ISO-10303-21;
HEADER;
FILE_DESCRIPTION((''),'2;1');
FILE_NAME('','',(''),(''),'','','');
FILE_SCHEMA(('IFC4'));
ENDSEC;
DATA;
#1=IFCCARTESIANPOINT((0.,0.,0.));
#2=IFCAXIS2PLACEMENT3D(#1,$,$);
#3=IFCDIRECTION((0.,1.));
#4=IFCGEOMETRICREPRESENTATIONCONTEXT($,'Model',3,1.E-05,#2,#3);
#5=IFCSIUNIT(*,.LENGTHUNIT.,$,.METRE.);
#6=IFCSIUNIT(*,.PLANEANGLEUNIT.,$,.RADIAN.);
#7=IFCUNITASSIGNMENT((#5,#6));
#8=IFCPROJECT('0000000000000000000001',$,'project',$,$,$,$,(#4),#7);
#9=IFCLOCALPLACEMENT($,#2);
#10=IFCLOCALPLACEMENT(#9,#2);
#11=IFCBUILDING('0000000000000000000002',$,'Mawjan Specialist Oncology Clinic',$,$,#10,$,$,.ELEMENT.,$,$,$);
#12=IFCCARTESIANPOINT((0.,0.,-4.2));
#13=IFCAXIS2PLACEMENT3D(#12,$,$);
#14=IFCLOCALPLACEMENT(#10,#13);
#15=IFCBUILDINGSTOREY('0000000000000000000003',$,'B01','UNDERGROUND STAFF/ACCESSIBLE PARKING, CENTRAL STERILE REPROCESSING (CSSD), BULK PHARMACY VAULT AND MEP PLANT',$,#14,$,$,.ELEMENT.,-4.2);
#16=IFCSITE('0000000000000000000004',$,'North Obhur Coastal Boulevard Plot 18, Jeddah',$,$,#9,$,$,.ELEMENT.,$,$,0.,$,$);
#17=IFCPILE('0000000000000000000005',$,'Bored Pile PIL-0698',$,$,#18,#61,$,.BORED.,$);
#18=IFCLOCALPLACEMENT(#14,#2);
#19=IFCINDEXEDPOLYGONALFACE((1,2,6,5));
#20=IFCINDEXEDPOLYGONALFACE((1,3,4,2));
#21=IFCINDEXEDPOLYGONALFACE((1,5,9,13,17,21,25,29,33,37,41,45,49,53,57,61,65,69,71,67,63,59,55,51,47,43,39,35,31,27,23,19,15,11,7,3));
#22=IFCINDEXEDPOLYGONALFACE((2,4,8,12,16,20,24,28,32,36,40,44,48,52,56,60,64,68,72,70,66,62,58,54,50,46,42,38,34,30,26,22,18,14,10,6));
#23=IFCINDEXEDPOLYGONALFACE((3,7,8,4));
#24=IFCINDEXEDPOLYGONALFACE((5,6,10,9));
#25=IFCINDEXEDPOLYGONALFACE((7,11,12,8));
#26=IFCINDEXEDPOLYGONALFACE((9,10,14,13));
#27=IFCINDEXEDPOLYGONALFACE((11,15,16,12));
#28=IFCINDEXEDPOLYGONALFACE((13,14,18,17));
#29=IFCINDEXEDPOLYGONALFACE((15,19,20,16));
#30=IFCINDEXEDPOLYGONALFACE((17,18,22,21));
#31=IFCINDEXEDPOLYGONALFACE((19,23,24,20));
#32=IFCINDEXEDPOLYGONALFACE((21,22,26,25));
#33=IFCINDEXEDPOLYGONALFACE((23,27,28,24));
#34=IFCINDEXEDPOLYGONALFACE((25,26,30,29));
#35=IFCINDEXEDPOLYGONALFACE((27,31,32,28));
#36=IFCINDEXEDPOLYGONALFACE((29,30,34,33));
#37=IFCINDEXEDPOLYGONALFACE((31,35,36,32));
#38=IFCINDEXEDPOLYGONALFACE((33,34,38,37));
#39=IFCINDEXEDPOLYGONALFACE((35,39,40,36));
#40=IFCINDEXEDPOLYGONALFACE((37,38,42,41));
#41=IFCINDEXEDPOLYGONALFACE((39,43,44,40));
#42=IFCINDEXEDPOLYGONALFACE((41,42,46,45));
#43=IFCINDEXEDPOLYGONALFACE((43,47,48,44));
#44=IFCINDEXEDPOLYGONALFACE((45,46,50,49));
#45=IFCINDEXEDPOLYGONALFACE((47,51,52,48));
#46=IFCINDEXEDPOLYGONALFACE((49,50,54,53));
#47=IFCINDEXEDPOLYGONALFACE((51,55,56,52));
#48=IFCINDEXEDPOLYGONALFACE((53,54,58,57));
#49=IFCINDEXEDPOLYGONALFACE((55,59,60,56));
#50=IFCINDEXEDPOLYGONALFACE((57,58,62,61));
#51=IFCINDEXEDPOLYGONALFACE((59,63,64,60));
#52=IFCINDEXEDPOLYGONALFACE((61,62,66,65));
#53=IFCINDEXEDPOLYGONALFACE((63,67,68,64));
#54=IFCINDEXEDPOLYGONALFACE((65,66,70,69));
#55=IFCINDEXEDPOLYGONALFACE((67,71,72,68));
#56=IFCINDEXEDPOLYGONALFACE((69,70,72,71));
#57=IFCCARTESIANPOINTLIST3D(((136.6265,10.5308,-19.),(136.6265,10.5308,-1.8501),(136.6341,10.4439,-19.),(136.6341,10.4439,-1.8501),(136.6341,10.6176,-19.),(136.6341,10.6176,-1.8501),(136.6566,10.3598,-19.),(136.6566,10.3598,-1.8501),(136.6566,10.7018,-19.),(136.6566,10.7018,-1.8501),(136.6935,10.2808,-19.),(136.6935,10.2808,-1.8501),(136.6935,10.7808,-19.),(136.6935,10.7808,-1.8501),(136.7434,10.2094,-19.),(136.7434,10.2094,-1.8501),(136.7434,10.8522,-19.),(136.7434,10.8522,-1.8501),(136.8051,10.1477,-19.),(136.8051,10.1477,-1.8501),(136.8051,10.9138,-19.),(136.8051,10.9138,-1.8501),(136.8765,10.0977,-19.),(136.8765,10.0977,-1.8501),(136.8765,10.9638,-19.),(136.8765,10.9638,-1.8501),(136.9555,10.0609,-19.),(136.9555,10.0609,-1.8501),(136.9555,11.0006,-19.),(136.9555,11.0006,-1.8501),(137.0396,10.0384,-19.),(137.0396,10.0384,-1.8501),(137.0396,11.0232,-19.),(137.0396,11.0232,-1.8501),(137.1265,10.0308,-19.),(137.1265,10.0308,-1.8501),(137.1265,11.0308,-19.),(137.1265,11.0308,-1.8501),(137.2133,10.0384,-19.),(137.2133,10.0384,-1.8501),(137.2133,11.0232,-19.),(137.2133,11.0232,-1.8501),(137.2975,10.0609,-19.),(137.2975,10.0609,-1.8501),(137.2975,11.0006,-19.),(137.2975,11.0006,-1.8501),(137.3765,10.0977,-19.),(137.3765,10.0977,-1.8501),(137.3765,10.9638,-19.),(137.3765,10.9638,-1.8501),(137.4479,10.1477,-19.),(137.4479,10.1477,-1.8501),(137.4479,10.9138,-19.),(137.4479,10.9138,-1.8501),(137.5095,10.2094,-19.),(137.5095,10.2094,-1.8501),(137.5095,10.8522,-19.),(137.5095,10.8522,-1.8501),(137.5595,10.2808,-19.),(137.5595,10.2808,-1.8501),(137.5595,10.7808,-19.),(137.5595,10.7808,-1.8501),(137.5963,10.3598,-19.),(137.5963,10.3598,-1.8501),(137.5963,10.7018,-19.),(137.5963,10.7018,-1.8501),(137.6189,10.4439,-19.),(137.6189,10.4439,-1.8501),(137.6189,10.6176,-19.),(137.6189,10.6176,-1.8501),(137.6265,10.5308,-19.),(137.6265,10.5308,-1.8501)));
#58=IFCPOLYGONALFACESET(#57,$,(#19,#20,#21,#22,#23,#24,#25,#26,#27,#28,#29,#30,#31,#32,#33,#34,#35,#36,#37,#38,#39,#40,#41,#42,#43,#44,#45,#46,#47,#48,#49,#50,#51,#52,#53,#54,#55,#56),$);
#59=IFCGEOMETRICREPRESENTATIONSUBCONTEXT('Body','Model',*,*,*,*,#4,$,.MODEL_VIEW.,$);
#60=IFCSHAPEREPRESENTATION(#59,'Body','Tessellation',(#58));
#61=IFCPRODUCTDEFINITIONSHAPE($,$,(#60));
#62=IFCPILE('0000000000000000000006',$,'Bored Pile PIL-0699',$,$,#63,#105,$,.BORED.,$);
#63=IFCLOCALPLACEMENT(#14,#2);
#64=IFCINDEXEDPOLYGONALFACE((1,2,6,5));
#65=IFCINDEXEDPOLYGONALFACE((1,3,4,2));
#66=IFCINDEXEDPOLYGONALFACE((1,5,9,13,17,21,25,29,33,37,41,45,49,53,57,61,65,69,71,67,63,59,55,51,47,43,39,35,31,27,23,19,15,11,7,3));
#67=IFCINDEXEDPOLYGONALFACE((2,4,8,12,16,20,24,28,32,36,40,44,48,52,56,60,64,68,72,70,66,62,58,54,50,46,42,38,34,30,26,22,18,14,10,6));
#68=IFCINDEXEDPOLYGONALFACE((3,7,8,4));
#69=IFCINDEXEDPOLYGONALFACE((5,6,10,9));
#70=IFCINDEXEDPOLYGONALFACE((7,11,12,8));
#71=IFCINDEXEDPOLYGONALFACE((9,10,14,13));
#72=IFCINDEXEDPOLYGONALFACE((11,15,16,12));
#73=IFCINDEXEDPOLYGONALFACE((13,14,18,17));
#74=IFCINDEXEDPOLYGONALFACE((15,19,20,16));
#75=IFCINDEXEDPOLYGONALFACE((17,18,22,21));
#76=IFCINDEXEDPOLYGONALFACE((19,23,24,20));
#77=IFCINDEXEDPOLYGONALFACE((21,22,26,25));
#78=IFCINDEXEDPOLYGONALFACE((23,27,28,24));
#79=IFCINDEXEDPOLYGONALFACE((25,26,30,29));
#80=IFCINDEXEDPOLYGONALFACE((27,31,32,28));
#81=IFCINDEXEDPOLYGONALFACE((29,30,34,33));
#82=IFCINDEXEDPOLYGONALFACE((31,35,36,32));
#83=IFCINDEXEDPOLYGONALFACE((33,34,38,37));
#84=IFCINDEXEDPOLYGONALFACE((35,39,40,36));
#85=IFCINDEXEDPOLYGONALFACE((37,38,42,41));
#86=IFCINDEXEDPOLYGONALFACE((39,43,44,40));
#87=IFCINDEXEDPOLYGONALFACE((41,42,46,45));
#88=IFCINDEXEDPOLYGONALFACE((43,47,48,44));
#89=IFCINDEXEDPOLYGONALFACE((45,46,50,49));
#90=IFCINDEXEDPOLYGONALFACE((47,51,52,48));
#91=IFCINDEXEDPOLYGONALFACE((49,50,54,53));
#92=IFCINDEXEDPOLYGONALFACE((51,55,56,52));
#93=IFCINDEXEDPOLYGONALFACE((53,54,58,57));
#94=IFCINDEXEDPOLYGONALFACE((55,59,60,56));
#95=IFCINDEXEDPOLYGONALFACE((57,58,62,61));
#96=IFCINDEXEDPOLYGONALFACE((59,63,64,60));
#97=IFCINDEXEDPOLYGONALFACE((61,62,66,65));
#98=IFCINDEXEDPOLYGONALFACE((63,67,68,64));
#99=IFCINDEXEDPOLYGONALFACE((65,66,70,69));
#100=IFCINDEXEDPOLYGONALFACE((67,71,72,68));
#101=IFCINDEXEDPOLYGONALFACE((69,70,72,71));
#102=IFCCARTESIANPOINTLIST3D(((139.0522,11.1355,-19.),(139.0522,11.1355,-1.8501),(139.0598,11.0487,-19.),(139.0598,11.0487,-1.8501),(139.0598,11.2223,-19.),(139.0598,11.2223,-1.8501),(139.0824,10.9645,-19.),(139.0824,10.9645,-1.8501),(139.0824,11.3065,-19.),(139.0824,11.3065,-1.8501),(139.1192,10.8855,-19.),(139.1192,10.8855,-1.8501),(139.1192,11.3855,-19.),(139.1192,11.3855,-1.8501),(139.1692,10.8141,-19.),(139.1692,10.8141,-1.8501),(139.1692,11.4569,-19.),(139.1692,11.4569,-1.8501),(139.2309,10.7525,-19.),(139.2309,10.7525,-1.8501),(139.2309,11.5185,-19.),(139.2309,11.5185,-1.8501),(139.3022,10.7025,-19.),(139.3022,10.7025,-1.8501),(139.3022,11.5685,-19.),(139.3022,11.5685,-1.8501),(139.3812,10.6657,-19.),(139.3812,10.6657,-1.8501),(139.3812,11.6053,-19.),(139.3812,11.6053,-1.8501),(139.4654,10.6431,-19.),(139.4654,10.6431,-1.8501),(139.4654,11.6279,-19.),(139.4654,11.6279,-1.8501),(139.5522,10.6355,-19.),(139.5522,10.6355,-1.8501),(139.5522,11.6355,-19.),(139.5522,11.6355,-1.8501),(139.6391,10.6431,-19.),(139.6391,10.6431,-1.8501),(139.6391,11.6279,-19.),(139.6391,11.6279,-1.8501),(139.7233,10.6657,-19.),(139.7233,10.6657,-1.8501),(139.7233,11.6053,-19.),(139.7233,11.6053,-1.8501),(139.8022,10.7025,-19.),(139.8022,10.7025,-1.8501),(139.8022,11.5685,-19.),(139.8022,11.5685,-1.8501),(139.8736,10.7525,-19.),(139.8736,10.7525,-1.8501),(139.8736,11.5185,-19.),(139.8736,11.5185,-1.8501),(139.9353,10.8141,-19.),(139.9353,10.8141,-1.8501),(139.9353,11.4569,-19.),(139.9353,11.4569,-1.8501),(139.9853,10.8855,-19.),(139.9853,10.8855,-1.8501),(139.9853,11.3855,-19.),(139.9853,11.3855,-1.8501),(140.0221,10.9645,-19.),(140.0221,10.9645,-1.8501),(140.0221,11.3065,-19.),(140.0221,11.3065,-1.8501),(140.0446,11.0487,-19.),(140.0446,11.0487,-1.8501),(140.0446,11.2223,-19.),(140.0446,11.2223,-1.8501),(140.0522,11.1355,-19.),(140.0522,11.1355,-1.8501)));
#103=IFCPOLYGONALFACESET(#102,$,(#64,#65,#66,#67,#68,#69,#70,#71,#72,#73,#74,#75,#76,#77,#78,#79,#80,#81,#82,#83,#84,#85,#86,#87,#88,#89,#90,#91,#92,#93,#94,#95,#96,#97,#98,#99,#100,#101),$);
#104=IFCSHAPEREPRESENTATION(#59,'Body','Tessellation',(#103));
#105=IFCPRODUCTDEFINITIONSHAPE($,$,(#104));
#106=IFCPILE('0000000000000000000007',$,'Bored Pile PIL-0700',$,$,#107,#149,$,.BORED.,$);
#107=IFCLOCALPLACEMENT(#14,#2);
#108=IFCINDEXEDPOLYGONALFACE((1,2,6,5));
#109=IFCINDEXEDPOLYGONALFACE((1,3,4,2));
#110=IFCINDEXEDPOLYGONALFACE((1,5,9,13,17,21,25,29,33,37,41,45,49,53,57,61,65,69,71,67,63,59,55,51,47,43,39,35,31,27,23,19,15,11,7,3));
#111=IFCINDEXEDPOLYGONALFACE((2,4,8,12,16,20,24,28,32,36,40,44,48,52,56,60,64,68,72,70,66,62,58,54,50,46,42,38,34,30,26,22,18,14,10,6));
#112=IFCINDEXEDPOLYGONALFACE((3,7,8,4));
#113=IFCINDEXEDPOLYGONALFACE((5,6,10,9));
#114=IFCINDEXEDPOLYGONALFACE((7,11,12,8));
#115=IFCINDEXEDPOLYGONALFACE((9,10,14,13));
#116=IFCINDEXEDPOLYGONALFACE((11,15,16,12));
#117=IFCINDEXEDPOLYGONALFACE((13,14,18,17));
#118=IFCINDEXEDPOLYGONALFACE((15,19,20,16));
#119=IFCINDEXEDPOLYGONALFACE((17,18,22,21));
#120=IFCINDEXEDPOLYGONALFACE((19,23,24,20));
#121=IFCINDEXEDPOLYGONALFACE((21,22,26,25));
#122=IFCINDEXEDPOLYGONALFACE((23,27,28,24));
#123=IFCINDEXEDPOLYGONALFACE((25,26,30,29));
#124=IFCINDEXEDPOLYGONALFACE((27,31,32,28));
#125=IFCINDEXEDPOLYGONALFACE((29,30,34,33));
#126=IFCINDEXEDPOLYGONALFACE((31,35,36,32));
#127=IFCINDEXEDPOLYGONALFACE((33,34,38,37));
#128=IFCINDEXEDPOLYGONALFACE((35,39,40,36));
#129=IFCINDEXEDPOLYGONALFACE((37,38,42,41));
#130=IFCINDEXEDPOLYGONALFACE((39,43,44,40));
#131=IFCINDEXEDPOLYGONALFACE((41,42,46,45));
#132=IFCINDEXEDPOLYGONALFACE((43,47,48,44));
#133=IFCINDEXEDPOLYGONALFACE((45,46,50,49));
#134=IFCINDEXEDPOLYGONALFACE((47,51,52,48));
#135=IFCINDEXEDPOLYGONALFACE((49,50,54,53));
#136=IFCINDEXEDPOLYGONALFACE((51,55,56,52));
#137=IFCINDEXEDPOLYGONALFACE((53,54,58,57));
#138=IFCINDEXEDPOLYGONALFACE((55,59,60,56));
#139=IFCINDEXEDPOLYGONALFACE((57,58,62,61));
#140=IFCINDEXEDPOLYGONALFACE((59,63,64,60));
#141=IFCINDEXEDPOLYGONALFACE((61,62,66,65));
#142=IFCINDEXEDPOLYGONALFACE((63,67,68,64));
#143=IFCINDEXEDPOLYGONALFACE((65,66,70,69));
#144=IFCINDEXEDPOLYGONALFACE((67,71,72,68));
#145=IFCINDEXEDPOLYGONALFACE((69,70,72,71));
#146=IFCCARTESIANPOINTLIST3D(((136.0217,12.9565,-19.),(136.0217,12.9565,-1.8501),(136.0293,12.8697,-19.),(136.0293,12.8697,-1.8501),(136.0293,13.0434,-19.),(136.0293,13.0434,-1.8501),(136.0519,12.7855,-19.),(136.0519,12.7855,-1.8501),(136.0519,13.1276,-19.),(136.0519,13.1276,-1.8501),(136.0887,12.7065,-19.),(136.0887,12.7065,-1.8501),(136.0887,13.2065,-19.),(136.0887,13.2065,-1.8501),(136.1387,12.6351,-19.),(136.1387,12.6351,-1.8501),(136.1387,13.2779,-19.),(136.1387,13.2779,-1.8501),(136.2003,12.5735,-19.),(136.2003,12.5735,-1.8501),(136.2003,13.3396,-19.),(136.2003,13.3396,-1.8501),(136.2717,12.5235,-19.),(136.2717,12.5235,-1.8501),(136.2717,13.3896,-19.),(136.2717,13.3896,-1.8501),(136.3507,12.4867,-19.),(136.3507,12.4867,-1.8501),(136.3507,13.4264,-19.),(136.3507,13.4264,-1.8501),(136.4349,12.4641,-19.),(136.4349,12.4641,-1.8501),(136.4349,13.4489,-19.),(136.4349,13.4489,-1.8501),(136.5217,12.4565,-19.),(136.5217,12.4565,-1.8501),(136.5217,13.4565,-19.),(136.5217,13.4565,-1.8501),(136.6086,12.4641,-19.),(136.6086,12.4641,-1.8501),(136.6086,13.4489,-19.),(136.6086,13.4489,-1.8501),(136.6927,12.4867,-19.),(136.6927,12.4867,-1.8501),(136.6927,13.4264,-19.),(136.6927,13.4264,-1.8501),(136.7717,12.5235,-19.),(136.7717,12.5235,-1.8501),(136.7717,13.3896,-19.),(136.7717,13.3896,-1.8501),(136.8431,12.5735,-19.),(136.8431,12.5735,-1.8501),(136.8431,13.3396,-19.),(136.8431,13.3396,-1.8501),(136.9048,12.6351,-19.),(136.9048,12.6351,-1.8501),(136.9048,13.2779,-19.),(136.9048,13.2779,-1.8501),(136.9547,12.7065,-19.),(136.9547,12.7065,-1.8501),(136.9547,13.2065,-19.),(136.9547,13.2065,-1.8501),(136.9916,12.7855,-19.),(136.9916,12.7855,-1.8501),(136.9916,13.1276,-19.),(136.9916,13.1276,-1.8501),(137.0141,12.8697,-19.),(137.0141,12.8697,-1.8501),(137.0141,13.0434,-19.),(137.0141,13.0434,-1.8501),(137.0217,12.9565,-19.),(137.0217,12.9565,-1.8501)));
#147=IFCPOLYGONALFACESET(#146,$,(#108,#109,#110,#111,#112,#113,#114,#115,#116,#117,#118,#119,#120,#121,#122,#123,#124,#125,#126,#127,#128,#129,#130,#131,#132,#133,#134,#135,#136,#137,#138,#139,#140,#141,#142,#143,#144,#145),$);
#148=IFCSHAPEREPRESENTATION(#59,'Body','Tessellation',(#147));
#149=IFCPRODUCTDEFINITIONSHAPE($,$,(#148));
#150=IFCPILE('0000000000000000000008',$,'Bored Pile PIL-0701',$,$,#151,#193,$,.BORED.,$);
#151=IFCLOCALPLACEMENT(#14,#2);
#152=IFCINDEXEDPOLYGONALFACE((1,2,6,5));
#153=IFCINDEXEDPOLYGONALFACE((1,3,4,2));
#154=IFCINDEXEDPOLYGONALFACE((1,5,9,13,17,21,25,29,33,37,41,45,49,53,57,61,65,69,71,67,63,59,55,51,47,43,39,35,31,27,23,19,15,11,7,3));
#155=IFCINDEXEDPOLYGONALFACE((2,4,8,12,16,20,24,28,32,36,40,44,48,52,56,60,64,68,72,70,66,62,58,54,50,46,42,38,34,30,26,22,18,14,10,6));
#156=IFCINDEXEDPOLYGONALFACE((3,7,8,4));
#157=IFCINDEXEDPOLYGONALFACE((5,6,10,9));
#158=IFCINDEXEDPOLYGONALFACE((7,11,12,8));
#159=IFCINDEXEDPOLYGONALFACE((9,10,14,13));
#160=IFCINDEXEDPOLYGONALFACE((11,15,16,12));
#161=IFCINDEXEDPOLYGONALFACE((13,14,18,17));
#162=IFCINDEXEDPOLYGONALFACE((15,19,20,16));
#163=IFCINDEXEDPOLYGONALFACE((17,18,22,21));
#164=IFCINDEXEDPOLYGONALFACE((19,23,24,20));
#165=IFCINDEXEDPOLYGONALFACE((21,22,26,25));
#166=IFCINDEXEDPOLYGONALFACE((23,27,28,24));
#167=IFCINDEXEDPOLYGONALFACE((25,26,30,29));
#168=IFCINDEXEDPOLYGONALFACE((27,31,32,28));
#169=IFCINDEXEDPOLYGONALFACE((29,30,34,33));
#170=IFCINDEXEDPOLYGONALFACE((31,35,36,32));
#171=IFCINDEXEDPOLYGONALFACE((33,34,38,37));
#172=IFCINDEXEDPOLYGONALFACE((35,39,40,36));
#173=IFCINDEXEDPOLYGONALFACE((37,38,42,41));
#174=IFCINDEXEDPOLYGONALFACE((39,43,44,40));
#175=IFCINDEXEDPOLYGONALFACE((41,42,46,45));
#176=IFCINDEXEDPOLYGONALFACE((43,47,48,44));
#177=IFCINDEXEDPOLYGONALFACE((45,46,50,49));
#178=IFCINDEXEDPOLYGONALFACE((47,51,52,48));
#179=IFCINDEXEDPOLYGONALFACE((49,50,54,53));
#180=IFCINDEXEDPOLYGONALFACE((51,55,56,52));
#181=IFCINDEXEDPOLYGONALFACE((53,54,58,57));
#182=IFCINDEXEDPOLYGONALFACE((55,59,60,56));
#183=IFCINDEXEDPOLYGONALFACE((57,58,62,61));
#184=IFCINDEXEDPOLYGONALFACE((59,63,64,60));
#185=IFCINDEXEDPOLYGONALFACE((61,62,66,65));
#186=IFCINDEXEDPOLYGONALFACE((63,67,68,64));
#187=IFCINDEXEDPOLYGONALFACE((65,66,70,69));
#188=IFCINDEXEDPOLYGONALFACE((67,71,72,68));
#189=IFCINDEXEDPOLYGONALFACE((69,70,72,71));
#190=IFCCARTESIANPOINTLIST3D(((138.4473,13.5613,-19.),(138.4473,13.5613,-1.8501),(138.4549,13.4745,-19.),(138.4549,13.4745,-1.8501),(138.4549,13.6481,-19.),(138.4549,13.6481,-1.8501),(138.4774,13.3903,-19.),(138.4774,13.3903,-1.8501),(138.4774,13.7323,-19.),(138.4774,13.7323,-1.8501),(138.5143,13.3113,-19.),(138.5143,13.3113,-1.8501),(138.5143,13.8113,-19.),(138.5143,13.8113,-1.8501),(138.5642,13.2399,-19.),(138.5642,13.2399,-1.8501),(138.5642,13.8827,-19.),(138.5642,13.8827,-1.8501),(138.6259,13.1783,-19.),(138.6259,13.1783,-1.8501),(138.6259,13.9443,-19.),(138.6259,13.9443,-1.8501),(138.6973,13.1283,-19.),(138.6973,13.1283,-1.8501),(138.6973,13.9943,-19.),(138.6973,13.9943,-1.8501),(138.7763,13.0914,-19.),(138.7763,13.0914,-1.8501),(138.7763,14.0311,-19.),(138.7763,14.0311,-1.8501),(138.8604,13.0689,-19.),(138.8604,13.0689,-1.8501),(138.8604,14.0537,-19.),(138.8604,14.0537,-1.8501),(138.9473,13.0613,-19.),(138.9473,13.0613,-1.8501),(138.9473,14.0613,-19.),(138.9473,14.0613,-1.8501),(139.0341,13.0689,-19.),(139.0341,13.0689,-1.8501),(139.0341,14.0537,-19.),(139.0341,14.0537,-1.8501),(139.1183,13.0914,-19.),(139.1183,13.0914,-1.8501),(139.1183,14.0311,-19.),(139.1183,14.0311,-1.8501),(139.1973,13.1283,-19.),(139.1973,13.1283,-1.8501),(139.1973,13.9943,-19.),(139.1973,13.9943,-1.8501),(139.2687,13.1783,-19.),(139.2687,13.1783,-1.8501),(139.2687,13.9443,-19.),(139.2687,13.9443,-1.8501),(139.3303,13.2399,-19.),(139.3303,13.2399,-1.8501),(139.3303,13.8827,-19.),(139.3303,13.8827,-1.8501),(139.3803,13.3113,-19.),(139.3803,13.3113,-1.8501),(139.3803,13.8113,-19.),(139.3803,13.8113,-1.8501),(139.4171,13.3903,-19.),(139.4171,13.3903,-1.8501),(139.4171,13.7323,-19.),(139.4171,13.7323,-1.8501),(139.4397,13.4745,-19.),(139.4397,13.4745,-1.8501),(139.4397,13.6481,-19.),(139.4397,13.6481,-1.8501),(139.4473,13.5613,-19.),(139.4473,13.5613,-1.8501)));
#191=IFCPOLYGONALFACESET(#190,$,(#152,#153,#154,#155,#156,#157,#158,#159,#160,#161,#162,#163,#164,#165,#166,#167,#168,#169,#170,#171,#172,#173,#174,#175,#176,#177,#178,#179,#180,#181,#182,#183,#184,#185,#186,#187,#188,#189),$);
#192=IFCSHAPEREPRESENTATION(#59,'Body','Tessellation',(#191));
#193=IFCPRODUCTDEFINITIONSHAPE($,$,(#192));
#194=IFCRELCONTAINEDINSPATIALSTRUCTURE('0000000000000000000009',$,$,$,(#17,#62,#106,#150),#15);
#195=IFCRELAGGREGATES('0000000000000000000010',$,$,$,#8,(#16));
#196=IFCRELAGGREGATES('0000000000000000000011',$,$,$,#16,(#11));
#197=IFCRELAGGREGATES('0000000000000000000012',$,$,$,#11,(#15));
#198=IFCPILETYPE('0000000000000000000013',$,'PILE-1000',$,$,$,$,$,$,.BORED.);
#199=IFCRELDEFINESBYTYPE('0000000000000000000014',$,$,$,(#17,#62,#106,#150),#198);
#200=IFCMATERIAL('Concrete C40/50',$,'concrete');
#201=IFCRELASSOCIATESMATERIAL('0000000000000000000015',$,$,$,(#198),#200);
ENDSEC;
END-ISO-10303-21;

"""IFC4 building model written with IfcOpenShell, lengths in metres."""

from ifc_helpers import new_model, si_unit, direction, frame, origin, origin_2d, place, context, subcontext, project, spatial, circle, extrude, material, material_profile, profile_set, type_object, element, save


model = new_model("IFC4")

# Units and contexts
model_context = context("Model", 3, precision=1e-05, world=origin(), true_north=direction((0.0, 1.0)))
body_context = subcontext(model_context, "Body", "Model", "MODEL_VIEW")
ifc_project = project(units=[si_unit("LENGTHUNIT", "METRE"), si_unit("PLANEANGLEUNIT", "RADIAN")], contexts=[model_context])

# Site, building, storey
site_placement = place(None, origin())
site = spatial("IfcSite", under=ifc_project, at=site_placement, Name="North Obhur Coastal Boulevard Plot 18, Jeddah", CompositionType="ELEMENT", RefElevation=0.0)
building_placement = place(site_placement, origin())
building = spatial("IfcBuilding", under=site, at=building_placement, Name="Mawjan Specialist Oncology Clinic", CompositionType="ELEMENT")
storey_placement = place(building_placement, frame((0.0, 0.0, -4.2)))
storey = spatial("IfcBuildingStorey", under=building, at=storey_placement, Name="B01", Description="UNDERGROUND STAFF/ACCESSIBLE PARKING, CENTRAL STERILE REPROCESSING (CSSD), BULK PHARMACY VAULT AND MEP PLANT", CompositionType="ELEMENT", Elevation=-4.2)

# Piles
ifc_material_1 = material(Name="Concrete C40/50", Category="concrete")
ifc_material_profile_1 = material_profile(ifc_material_1, circle(Radius=0.5, at=origin_2d()), Name="BORED PILE D1000", Category="concrete")
ifc_profile_set_1 = profile_set([ifc_material_profile_1], Name="Concrete C40/50")
pile_type = type_object("IfcPileType", Name="PILE-1000", PredefinedType="BORED", material=ifc_profile_set_1)
for number, where, z_axis, x_axis, name in (
    (1, (137.1265, 10.5308, -1.8501), (0.0, 0.0, -1.0), (1.0, 0.0, 0.0), "Bored Pile PIL-0698"),
    (2, (139.5522, 11.1355, -1.8501), (0.0, 0.0, -1.0), (1.0, 0.0, 0.0), "Bored Pile PIL-0699"),
    (3, (136.5217, 12.9565, -1.8501), (0.0, 0.0, -1.0), (1.0, 0.0, 0.0), "Bored Pile PIL-0700"),
    (4, (138.9473, 13.5613, -1.8501), (0.0, 0.0, -1.0), (1.0, 0.0, 0.0), "Bored Pile PIL-0701"),
):
    element("IfcPile", number, at=place(storey_placement, frame(where, z_axis=z_axis, x_axis=x_axis)), inside=storey, type_object=pile_type, Name=name, PredefinedType="BORED", context=body_context, shape_type="SweptSolid", body=[
        extrude(circle(Radius=0.5, at=origin_2d()), origin(), (0.0, 0.0, 1.0), 17.1499),
    ])

save(model, "model.ifc")
